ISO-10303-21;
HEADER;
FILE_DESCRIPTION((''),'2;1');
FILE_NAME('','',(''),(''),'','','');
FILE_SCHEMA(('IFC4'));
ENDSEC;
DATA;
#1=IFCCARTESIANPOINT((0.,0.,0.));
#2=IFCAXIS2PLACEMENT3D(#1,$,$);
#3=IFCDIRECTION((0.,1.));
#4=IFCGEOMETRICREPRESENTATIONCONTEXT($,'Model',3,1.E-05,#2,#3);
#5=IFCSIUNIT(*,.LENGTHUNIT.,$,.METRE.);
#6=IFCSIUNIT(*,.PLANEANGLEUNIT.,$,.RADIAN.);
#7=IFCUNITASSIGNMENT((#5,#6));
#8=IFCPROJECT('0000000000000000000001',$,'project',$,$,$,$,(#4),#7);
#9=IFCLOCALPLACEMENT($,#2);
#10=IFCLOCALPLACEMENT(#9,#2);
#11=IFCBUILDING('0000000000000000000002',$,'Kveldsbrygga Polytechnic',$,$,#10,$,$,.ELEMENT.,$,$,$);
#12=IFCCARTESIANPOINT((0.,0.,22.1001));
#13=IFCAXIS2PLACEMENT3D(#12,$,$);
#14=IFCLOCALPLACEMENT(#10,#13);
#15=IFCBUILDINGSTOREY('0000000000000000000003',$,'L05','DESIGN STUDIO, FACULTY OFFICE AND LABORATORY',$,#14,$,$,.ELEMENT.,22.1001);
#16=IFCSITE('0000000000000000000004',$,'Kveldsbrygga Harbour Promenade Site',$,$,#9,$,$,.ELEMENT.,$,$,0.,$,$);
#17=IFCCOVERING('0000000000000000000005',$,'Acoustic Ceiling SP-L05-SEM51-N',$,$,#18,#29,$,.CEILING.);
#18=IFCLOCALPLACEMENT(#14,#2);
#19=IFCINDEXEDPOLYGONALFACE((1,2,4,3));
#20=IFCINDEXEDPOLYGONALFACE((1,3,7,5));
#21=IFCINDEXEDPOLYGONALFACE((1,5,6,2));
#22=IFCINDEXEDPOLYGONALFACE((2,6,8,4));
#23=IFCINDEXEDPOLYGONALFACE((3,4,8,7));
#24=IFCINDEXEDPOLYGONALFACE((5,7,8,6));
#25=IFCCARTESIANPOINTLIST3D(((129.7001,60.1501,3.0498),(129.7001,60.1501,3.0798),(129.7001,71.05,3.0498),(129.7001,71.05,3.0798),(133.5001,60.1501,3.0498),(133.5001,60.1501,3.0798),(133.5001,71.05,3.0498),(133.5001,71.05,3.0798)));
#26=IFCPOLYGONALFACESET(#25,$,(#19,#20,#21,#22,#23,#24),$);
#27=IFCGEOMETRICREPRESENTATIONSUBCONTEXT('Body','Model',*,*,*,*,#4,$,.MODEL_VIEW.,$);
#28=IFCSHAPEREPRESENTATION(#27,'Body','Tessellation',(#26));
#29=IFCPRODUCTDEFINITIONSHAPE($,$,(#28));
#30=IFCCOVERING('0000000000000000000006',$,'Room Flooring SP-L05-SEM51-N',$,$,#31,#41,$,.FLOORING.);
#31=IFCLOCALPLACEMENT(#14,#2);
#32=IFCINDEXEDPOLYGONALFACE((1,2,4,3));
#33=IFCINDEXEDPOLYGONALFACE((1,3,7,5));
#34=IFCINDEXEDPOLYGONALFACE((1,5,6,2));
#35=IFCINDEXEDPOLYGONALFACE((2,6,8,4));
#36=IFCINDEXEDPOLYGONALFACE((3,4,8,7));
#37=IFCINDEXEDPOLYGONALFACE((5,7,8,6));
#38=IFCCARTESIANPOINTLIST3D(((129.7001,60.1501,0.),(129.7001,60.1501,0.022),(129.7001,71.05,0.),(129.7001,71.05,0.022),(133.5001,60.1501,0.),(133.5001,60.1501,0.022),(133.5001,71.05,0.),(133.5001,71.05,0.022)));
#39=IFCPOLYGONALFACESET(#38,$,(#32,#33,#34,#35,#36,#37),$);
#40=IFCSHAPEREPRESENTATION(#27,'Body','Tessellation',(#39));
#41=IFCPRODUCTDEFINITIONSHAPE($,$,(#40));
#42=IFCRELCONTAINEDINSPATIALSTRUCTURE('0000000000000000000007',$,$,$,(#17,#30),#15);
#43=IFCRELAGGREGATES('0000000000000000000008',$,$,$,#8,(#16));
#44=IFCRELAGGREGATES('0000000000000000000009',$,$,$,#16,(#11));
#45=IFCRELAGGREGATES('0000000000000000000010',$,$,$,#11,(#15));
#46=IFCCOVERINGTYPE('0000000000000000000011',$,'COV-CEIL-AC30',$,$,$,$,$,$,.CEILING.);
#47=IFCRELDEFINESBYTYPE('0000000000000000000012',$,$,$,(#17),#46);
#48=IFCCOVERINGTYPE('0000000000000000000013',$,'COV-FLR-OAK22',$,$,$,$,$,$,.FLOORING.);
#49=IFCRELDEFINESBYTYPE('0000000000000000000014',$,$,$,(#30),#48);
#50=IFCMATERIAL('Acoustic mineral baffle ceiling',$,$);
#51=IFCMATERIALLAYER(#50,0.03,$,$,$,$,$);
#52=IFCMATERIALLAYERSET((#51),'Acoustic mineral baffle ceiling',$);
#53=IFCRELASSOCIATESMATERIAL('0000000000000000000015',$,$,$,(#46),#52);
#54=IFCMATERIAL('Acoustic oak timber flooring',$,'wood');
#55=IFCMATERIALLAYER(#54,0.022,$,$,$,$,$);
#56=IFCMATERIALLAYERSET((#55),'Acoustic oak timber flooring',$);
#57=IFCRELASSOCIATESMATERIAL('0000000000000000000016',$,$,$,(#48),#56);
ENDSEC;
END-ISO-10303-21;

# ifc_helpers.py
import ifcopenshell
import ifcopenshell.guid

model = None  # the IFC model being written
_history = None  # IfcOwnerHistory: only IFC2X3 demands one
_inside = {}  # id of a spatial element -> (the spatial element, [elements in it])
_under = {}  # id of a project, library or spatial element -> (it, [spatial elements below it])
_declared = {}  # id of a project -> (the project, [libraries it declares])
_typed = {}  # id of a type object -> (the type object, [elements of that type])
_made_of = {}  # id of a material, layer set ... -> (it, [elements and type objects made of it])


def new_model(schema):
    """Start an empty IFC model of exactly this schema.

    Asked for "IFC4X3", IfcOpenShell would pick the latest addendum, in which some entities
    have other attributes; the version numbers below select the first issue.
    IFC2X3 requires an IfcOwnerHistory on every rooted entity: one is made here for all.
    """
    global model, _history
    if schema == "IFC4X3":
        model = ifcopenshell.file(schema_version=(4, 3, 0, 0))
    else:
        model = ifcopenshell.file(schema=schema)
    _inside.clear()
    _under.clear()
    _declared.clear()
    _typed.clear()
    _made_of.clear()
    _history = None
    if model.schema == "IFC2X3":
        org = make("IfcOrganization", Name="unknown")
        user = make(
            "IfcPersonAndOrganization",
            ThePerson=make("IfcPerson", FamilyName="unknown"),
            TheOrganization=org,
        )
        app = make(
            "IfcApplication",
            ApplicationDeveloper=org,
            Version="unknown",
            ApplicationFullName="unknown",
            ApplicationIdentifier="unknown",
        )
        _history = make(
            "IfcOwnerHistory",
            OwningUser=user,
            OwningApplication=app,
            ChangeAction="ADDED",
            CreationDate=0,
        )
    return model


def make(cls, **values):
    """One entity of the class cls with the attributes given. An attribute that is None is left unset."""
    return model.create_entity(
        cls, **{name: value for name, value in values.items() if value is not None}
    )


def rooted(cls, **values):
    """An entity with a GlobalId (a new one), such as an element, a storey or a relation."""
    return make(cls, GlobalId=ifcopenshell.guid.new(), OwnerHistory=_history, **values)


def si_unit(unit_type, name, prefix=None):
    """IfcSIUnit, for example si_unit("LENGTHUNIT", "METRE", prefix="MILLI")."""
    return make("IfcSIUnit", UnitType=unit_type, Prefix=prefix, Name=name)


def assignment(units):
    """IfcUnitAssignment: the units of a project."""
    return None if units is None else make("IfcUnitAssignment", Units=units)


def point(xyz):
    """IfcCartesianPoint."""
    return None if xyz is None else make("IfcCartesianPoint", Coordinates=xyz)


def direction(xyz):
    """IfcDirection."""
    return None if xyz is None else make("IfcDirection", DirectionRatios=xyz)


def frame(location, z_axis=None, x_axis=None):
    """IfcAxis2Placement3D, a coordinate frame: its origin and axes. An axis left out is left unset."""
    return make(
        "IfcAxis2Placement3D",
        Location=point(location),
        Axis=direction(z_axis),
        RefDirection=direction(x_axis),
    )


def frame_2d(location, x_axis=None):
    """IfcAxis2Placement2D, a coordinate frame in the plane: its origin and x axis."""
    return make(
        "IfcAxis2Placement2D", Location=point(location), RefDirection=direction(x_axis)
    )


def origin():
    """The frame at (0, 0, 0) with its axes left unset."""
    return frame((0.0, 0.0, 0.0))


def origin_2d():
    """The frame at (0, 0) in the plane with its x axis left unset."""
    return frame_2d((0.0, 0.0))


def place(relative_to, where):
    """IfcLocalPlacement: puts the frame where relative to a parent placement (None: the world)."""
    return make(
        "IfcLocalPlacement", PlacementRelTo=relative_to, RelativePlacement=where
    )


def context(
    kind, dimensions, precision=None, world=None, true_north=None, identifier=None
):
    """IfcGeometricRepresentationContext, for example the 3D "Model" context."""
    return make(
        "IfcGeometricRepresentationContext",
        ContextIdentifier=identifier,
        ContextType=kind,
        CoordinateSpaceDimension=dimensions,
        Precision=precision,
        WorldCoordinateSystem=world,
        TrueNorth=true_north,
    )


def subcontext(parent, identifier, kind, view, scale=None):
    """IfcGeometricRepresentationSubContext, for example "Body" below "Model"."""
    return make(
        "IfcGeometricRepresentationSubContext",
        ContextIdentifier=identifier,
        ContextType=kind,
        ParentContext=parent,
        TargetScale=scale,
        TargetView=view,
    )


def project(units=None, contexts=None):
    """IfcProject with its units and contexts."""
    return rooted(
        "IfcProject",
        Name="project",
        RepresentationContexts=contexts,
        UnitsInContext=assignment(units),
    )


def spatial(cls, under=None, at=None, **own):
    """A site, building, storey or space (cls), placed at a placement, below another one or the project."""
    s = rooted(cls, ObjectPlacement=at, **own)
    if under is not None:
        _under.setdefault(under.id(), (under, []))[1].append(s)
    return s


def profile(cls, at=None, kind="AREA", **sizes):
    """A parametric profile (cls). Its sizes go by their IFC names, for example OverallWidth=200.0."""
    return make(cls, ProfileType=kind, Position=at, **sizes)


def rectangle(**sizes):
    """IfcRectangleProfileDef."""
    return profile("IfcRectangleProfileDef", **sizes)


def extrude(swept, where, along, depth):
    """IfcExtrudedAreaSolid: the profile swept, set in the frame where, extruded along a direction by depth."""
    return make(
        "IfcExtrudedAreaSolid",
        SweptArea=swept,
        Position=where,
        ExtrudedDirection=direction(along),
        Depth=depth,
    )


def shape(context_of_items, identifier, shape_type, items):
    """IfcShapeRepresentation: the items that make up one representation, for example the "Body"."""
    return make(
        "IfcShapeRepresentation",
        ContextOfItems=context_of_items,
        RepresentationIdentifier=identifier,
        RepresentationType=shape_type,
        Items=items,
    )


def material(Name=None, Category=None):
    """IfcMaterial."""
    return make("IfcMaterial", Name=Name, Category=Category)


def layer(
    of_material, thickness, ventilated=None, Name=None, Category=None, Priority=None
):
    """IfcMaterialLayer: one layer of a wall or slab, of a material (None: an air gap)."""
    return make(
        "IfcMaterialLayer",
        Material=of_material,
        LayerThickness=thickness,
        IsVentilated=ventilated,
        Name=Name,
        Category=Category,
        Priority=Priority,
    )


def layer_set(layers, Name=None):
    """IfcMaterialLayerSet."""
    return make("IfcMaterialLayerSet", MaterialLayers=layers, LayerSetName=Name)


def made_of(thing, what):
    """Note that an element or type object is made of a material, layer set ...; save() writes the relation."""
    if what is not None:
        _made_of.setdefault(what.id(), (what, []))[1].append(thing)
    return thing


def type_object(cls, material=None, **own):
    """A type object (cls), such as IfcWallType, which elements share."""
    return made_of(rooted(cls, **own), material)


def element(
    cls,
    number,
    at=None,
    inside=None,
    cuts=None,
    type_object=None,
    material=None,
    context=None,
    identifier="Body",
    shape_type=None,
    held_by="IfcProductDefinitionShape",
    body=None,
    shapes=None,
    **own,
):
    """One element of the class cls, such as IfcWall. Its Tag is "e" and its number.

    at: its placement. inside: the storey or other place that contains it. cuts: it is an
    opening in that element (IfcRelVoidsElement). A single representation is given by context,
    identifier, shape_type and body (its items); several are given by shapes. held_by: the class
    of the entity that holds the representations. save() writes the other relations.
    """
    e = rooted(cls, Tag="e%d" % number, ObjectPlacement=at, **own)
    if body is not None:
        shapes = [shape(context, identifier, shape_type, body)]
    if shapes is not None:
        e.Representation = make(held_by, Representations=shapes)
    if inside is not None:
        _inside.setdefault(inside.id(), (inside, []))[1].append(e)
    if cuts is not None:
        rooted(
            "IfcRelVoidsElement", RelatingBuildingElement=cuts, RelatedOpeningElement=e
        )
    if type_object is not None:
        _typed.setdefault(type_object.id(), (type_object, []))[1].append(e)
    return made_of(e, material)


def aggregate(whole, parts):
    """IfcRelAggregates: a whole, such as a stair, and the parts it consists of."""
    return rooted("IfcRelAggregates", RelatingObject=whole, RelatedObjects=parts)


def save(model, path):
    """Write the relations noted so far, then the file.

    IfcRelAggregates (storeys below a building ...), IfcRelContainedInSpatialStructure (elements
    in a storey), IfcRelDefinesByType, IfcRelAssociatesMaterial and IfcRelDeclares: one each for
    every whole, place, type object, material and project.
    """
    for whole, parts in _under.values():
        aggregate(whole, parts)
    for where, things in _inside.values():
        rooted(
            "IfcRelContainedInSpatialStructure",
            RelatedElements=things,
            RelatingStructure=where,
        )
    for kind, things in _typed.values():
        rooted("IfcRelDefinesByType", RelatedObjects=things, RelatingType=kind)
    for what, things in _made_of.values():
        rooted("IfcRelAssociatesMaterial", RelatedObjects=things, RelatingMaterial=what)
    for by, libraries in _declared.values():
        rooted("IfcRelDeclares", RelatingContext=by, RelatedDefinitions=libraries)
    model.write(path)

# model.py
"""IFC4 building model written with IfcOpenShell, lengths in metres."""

from ifc_helpers import new_model, si_unit, direction, frame, origin, origin_2d, place, context, subcontext, project, spatial, rectangle, extrude, material, layer, layer_set, type_object, element, save


model = new_model("IFC4")

# Units and contexts
model_context = context("Model", 3, precision=1e-05, world=origin(), true_north=direction((0.0, 1.0)))
body_context = subcontext(model_context, "Body", "Model", "MODEL_VIEW")
ifc_project = project(units=[si_unit("LENGTHUNIT", "METRE"), si_unit("PLANEANGLEUNIT", "RADIAN")], contexts=[model_context])

# Site, building, storey
site_placement = place(None, origin())
site = spatial("IfcSite", under=ifc_project, at=site_placement, Name="Kveldsbrygga Harbour Promenade Site", CompositionType="ELEMENT", RefElevation=0.0)
building_placement = place(site_placement, origin())
building = spatial("IfcBuilding", under=site, at=building_placement, Name="Kveldsbrygga Polytechnic", CompositionType="ELEMENT")
storey_placement = place(building_placement, frame((0.0, 0.0, 22.1001)))
storey = spatial("IfcBuildingStorey", under=building, at=storey_placement, Name="L05", Description="DESIGN STUDIO, FACULTY OFFICE AND LABORATORY", CompositionType="ELEMENT", Elevation=22.1001)

# Coverings
ifc_material_1 = material(Name="Acoustic mineral baffle ceiling")
ifc_layer_1 = layer(ifc_material_1, 0.03)
ifc_layer_set_1 = layer_set([ifc_layer_1], Name="Acoustic mineral baffle ceiling")
covering_type_1 = type_object("IfcCoveringType", Name="COV-CEIL-AC30", PredefinedType="CEILING", material=ifc_layer_set_1)
covering_1_placement = place(storey_placement, frame((131.6001, 65.6001, 3.0498), z_axis=(0.0, 0.0, 1.0), x_axis=(1.0, 0.0, 0.0)))
element("IfcCovering", 1, at=covering_1_placement, inside=storey, type_object=covering_type_1, Name="Acoustic Ceiling SP-L05-SEM51-N", PredefinedType="CEILING", context=body_context, shape_type="SweptSolid", body=[
    extrude(rectangle(XDim=3.8, YDim=10.8999, at=origin_2d()), origin(), (0.0, 0.0, 1.0), 0.03),
])
ifc_material_2 = material(Name="Acoustic oak timber flooring", Category="wood")
ifc_layer_2 = layer(ifc_material_2, 0.022)
ifc_layer_set_2 = layer_set([ifc_layer_2], Name="Acoustic oak timber flooring")
covering_type_2 = type_object("IfcCoveringType", Name="COV-FLR-OAK22", PredefinedType="FLOORING", material=ifc_layer_set_2)
covering_2_placement = place(storey_placement, frame((131.6001, 65.6001, 0.0), z_axis=(0.0, 0.0, 1.0), x_axis=(1.0, 0.0, 0.0)))
element("IfcCovering", 2, at=covering_2_placement, inside=storey, type_object=covering_type_2, Name="Room Flooring SP-L05-SEM51-N", PredefinedType="FLOORING", context=body_context, shape_type="SweptSolid", body=[
    extrude(rectangle(XDim=3.8, YDim=10.8999, at=origin_2d()), origin(), (0.0, 0.0, 1.0), 0.022),
])

save(model, "model.ifc")
